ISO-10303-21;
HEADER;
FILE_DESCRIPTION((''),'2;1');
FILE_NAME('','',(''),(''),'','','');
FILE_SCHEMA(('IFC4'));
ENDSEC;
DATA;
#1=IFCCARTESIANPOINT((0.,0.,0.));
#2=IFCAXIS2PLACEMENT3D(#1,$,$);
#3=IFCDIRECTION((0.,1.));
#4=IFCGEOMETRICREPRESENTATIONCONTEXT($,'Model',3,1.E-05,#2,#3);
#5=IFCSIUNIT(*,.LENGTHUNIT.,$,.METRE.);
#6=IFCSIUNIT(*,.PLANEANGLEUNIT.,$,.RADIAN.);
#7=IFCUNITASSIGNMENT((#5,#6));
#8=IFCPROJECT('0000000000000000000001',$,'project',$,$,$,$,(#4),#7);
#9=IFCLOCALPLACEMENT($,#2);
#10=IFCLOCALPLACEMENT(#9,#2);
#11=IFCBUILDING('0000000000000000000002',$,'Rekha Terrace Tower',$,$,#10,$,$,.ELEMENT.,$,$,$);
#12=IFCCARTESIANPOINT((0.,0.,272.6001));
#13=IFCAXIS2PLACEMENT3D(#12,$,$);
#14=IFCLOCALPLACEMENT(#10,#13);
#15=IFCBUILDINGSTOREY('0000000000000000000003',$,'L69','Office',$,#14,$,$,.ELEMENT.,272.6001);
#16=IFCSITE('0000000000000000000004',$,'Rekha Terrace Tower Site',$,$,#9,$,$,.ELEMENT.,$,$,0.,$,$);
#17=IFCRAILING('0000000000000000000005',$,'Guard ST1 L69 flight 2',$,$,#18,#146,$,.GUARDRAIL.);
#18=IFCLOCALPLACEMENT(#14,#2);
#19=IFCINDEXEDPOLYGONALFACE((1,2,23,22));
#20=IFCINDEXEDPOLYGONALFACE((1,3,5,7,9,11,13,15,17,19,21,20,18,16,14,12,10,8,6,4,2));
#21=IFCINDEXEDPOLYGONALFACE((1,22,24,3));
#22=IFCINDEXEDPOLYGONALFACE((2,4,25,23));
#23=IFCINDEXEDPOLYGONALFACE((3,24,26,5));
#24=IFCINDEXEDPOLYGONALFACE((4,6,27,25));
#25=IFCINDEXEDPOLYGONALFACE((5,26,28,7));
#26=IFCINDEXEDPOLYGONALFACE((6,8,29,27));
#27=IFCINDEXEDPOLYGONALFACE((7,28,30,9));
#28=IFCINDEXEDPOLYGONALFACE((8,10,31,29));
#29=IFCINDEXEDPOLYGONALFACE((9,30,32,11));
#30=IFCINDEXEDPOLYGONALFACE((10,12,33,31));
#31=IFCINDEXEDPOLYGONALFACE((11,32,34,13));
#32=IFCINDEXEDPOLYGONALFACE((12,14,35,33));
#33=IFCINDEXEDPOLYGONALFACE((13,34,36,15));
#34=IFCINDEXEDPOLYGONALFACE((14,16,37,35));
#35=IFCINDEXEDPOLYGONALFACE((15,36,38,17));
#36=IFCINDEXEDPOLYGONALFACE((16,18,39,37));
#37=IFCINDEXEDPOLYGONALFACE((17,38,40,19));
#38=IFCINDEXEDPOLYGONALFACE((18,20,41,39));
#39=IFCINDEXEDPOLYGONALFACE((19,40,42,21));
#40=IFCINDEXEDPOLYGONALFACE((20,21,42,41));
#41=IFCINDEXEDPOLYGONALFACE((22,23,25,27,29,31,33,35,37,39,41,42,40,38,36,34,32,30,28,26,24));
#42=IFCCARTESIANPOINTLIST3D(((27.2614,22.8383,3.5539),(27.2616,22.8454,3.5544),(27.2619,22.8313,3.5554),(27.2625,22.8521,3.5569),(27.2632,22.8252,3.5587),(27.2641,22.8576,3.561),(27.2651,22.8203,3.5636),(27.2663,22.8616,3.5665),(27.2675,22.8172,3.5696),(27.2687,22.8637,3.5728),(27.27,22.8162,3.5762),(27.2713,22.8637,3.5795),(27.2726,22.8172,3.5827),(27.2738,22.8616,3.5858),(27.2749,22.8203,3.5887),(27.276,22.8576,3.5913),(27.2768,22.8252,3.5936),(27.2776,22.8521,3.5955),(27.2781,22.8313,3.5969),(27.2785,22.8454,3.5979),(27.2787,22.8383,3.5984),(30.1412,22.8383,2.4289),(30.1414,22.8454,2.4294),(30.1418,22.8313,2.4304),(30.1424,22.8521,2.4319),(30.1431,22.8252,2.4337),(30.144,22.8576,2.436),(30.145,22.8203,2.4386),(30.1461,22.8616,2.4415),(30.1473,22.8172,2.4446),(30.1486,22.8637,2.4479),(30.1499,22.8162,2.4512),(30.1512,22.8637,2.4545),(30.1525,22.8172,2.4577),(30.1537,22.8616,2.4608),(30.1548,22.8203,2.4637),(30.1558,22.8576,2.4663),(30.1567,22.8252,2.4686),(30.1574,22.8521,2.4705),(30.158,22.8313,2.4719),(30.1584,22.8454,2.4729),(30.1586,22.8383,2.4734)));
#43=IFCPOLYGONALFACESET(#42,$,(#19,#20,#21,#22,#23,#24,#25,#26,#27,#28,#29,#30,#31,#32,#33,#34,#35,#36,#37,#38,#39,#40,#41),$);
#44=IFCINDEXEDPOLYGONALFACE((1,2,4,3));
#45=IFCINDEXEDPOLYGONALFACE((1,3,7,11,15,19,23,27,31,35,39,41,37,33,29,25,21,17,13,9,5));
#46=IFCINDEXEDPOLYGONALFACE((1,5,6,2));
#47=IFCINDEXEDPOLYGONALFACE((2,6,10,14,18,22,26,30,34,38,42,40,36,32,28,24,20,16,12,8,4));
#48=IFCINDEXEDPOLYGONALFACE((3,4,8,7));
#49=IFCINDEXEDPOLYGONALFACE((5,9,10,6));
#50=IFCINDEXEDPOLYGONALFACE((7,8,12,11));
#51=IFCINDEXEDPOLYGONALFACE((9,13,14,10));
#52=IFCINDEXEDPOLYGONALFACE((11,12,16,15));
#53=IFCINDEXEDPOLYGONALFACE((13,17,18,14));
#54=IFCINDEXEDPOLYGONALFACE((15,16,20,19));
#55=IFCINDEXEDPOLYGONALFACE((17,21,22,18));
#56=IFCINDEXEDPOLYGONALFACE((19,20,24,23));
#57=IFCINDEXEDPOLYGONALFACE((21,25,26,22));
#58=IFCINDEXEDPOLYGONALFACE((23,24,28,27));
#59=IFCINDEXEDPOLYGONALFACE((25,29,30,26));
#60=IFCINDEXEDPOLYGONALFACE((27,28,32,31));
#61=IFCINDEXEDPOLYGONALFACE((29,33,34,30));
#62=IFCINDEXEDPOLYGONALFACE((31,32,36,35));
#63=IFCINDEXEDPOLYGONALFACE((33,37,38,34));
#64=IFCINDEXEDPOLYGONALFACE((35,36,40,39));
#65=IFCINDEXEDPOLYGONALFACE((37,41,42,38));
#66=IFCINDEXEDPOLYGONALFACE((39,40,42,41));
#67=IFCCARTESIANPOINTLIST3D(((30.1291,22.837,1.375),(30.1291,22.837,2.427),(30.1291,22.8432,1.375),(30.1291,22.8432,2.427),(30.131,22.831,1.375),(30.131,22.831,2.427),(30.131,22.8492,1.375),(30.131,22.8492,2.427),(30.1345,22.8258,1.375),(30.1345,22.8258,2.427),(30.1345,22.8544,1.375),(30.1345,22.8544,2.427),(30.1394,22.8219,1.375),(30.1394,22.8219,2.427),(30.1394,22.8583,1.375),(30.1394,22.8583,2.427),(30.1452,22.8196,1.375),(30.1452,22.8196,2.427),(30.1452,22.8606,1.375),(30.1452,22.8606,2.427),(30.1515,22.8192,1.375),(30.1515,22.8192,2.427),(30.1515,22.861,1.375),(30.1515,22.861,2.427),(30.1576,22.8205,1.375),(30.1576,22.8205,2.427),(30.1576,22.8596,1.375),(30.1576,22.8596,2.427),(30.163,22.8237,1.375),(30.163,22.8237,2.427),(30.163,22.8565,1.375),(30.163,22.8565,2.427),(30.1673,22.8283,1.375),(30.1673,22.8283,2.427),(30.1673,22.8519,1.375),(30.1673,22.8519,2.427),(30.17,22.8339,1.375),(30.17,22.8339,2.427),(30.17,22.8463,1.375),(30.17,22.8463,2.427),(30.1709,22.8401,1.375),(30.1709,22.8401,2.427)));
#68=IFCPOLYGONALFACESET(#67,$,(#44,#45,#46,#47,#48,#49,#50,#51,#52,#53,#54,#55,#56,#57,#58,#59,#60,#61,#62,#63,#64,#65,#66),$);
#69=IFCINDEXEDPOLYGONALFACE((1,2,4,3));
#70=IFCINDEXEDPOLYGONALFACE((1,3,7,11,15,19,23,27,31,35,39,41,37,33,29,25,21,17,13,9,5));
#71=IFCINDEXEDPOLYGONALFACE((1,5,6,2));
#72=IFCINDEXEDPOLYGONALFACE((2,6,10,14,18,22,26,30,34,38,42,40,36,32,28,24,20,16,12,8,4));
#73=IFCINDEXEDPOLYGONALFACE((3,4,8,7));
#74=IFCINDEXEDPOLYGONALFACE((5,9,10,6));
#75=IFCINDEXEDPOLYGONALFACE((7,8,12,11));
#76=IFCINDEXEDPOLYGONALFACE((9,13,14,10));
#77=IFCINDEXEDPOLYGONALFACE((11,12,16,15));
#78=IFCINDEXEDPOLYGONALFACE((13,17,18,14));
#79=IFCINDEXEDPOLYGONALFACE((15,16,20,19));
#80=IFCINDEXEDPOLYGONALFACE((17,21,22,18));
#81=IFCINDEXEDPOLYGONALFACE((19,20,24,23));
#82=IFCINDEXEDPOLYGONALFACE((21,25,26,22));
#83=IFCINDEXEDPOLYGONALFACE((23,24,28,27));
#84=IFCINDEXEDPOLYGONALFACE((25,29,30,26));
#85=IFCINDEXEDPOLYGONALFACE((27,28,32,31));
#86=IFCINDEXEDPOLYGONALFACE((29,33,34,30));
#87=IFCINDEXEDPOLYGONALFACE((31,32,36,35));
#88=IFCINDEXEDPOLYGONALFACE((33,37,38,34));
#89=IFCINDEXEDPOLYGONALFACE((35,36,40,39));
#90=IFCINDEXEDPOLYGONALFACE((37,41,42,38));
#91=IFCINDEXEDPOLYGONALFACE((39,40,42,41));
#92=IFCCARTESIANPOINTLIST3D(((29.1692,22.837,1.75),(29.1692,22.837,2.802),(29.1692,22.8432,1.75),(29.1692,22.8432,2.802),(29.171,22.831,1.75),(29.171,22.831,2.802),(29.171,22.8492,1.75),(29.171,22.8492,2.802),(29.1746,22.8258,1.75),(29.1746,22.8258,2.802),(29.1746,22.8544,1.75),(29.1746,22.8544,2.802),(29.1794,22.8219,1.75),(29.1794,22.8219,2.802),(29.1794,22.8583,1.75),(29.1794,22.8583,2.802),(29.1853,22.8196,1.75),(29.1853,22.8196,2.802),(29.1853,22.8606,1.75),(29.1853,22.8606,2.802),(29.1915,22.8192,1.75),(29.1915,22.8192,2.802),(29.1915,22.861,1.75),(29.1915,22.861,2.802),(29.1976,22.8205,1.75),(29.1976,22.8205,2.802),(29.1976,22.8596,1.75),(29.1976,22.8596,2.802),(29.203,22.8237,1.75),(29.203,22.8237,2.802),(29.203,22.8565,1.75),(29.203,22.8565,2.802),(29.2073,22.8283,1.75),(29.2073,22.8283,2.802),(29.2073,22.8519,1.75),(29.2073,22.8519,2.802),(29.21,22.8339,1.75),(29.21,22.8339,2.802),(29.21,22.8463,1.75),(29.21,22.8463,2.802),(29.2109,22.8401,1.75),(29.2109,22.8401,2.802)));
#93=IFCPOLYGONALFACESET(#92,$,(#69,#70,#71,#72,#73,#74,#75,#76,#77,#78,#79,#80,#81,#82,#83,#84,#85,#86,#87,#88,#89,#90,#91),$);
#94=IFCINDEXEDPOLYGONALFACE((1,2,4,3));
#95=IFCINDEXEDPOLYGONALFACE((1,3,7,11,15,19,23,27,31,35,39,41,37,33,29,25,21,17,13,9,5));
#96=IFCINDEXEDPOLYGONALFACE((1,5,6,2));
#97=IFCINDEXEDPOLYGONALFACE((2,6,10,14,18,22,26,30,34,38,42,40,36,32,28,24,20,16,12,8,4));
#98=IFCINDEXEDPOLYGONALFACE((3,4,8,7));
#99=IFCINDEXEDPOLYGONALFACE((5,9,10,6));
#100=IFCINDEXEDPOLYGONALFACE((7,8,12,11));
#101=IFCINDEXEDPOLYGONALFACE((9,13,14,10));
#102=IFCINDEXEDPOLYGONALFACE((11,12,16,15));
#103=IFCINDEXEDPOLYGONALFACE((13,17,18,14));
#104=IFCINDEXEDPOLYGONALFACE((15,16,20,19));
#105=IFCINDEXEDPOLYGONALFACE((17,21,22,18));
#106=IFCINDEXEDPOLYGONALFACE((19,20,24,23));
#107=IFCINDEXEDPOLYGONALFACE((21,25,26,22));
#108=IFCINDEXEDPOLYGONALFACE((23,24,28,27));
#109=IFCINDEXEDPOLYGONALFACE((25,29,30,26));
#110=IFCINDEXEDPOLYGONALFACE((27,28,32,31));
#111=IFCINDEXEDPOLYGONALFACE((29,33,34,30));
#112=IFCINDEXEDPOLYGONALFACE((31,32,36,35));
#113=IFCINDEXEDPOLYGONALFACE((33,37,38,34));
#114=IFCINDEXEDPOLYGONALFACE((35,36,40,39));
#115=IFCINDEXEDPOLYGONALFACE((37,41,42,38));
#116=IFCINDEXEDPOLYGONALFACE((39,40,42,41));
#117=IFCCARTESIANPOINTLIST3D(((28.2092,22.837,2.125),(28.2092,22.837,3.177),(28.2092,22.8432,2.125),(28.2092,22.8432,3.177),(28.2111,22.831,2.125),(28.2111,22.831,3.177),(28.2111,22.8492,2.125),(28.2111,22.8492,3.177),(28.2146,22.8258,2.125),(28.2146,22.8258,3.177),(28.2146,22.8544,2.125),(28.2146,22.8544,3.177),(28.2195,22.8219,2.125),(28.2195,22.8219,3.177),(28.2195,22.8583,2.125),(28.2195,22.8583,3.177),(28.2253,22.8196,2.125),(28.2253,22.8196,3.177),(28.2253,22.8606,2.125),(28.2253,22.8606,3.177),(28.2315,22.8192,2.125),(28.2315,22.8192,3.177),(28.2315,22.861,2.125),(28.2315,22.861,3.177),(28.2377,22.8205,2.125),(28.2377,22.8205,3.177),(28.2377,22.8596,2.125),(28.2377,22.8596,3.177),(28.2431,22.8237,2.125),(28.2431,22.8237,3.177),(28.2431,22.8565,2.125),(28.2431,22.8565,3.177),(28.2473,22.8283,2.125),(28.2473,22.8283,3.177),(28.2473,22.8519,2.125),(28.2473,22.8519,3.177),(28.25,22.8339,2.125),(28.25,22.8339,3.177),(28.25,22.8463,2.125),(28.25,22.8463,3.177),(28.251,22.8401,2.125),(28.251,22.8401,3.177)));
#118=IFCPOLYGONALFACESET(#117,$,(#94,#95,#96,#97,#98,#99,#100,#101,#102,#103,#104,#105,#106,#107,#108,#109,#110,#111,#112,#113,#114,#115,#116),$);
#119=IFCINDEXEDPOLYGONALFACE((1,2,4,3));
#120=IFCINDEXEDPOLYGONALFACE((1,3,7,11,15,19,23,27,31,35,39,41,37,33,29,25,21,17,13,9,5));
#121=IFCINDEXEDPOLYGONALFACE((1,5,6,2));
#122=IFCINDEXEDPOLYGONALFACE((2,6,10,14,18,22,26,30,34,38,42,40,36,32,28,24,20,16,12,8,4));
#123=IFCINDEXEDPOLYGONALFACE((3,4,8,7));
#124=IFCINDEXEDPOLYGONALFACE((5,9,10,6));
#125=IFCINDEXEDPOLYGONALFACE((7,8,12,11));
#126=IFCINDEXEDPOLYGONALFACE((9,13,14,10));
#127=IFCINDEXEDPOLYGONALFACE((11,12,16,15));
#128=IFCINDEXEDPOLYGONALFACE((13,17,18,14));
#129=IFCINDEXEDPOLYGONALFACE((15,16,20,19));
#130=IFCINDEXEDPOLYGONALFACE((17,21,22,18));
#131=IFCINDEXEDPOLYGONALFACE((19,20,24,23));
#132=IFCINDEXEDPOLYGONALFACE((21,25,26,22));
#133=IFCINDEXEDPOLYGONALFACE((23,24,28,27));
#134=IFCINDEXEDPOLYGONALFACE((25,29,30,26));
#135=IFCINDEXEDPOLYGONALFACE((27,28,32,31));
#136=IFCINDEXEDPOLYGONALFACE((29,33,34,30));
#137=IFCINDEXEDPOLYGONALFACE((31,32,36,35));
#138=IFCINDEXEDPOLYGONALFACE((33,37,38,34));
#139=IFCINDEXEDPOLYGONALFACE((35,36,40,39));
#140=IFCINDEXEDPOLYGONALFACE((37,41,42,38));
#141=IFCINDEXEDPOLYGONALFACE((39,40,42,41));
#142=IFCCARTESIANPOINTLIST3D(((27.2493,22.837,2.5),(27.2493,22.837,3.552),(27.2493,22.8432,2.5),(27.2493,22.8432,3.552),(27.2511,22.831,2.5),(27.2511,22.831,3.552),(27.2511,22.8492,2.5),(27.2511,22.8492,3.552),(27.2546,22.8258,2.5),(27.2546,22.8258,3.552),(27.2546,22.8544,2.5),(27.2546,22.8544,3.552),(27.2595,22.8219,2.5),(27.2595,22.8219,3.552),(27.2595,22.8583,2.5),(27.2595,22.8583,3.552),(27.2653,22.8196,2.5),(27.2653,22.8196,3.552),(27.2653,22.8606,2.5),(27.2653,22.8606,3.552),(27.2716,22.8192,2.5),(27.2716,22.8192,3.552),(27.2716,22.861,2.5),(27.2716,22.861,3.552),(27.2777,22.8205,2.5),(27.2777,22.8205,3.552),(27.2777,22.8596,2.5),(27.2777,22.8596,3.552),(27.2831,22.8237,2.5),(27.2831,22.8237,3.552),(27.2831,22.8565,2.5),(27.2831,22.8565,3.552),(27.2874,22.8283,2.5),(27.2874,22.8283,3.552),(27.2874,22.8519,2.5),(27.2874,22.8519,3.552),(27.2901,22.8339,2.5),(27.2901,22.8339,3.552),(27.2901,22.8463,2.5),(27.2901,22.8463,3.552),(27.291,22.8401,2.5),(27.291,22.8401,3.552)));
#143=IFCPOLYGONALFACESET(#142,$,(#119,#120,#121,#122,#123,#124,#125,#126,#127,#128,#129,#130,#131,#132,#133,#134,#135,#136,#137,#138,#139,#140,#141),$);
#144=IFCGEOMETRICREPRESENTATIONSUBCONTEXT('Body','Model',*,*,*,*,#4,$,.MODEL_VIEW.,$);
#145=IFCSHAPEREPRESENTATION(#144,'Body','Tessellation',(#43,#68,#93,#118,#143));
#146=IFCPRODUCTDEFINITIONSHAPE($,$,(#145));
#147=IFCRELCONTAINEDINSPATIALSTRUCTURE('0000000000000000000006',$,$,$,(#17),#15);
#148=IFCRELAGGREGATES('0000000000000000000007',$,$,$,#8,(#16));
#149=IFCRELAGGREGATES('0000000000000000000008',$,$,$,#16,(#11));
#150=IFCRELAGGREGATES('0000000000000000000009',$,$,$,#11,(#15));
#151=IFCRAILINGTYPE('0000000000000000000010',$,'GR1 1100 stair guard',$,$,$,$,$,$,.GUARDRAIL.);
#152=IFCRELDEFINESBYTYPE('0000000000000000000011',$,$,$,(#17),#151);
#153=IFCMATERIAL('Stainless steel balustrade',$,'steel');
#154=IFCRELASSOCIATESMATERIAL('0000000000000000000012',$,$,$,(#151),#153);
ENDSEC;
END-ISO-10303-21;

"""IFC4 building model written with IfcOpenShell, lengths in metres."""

from ifc_helpers import new_model, si_unit, direction, frame, origin, origin_2d, place, context, subcontext, project, spatial, circle, extrude, material, type_object, element, save


model = new_model("IFC4")

# Units and contexts
model_context = context("Model", 3, precision=1e-05, world=origin(), true_north=direction((0.0, 1.0)))
body_context = subcontext(model_context, "Body", "Model", "MODEL_VIEW")
ifc_project = project(units=[si_unit("LENGTHUNIT", "METRE"), si_unit("PLANEANGLEUNIT", "RADIAN")], contexts=[model_context])

# Site, building, storey
site_placement = place(None, origin())
site = spatial("IfcSite", under=ifc_project, at=site_placement, Name="Rekha Terrace Tower Site", CompositionType="ELEMENT", RefElevation=0.0)
building_placement = place(site_placement, origin())
building = spatial("IfcBuilding", under=site, at=building_placement, Name="Rekha Terrace Tower", CompositionType="ELEMENT")
storey_placement = place(building_placement, frame((0.0, 0.0, 272.6001)))
storey = spatial("IfcBuildingStorey", under=building, at=storey_placement, Name="L69", Description="Office", CompositionType="ELEMENT", Elevation=272.6001)

# Railing
ifc_material_1 = material(Name="Stainless steel balustrade", Category="steel")
railing_type_1 = type_object("IfcRailingType", Name="GR1 1100 stair guard", PredefinedType="GUARDRAIL", material=ifc_material_1)
railing_1_placement = place(storey_placement, frame((30.1499, 22.8401, 1.375)))
element("IfcRailing", 1, at=railing_1_placement, inside=storey, type_object=railing_type_1, Name="Guard ST1 L69 flight 2", PredefinedType="GUARDRAIL", context=body_context, shape_type="SweptSolid", body=[
    extrude(circle(Radius=0.0239, at=origin_2d()), frame((0.0, 0.0, 1.0762), z_axis=(-0.931452, 0.0, 0.363863), x_axis=(0.0, -1.0, 0.0)), (0.0, 0.0, 1.0), 3.0918),
    extrude(circle(Radius=0.021, at=origin_2d()), origin(), (0.0, 0.0, 1.0), 1.052),
    extrude(circle(Radius=0.021, at=origin_2d()), frame((-0.96, 0.0, 0.375)), (0.0, 0.0, 1.0), 1.052),
    extrude(circle(Radius=0.021, at=origin_2d()), frame((-1.9199, 0.0, 0.75)), (0.0, 0.0, 1.0), 1.052),
    extrude(circle(Radius=0.021, at=origin_2d()), frame((-2.8799, 0.0, 1.125)), (0.0, 0.0, 1.0), 1.052),
])

save(model, "model.ifc")
